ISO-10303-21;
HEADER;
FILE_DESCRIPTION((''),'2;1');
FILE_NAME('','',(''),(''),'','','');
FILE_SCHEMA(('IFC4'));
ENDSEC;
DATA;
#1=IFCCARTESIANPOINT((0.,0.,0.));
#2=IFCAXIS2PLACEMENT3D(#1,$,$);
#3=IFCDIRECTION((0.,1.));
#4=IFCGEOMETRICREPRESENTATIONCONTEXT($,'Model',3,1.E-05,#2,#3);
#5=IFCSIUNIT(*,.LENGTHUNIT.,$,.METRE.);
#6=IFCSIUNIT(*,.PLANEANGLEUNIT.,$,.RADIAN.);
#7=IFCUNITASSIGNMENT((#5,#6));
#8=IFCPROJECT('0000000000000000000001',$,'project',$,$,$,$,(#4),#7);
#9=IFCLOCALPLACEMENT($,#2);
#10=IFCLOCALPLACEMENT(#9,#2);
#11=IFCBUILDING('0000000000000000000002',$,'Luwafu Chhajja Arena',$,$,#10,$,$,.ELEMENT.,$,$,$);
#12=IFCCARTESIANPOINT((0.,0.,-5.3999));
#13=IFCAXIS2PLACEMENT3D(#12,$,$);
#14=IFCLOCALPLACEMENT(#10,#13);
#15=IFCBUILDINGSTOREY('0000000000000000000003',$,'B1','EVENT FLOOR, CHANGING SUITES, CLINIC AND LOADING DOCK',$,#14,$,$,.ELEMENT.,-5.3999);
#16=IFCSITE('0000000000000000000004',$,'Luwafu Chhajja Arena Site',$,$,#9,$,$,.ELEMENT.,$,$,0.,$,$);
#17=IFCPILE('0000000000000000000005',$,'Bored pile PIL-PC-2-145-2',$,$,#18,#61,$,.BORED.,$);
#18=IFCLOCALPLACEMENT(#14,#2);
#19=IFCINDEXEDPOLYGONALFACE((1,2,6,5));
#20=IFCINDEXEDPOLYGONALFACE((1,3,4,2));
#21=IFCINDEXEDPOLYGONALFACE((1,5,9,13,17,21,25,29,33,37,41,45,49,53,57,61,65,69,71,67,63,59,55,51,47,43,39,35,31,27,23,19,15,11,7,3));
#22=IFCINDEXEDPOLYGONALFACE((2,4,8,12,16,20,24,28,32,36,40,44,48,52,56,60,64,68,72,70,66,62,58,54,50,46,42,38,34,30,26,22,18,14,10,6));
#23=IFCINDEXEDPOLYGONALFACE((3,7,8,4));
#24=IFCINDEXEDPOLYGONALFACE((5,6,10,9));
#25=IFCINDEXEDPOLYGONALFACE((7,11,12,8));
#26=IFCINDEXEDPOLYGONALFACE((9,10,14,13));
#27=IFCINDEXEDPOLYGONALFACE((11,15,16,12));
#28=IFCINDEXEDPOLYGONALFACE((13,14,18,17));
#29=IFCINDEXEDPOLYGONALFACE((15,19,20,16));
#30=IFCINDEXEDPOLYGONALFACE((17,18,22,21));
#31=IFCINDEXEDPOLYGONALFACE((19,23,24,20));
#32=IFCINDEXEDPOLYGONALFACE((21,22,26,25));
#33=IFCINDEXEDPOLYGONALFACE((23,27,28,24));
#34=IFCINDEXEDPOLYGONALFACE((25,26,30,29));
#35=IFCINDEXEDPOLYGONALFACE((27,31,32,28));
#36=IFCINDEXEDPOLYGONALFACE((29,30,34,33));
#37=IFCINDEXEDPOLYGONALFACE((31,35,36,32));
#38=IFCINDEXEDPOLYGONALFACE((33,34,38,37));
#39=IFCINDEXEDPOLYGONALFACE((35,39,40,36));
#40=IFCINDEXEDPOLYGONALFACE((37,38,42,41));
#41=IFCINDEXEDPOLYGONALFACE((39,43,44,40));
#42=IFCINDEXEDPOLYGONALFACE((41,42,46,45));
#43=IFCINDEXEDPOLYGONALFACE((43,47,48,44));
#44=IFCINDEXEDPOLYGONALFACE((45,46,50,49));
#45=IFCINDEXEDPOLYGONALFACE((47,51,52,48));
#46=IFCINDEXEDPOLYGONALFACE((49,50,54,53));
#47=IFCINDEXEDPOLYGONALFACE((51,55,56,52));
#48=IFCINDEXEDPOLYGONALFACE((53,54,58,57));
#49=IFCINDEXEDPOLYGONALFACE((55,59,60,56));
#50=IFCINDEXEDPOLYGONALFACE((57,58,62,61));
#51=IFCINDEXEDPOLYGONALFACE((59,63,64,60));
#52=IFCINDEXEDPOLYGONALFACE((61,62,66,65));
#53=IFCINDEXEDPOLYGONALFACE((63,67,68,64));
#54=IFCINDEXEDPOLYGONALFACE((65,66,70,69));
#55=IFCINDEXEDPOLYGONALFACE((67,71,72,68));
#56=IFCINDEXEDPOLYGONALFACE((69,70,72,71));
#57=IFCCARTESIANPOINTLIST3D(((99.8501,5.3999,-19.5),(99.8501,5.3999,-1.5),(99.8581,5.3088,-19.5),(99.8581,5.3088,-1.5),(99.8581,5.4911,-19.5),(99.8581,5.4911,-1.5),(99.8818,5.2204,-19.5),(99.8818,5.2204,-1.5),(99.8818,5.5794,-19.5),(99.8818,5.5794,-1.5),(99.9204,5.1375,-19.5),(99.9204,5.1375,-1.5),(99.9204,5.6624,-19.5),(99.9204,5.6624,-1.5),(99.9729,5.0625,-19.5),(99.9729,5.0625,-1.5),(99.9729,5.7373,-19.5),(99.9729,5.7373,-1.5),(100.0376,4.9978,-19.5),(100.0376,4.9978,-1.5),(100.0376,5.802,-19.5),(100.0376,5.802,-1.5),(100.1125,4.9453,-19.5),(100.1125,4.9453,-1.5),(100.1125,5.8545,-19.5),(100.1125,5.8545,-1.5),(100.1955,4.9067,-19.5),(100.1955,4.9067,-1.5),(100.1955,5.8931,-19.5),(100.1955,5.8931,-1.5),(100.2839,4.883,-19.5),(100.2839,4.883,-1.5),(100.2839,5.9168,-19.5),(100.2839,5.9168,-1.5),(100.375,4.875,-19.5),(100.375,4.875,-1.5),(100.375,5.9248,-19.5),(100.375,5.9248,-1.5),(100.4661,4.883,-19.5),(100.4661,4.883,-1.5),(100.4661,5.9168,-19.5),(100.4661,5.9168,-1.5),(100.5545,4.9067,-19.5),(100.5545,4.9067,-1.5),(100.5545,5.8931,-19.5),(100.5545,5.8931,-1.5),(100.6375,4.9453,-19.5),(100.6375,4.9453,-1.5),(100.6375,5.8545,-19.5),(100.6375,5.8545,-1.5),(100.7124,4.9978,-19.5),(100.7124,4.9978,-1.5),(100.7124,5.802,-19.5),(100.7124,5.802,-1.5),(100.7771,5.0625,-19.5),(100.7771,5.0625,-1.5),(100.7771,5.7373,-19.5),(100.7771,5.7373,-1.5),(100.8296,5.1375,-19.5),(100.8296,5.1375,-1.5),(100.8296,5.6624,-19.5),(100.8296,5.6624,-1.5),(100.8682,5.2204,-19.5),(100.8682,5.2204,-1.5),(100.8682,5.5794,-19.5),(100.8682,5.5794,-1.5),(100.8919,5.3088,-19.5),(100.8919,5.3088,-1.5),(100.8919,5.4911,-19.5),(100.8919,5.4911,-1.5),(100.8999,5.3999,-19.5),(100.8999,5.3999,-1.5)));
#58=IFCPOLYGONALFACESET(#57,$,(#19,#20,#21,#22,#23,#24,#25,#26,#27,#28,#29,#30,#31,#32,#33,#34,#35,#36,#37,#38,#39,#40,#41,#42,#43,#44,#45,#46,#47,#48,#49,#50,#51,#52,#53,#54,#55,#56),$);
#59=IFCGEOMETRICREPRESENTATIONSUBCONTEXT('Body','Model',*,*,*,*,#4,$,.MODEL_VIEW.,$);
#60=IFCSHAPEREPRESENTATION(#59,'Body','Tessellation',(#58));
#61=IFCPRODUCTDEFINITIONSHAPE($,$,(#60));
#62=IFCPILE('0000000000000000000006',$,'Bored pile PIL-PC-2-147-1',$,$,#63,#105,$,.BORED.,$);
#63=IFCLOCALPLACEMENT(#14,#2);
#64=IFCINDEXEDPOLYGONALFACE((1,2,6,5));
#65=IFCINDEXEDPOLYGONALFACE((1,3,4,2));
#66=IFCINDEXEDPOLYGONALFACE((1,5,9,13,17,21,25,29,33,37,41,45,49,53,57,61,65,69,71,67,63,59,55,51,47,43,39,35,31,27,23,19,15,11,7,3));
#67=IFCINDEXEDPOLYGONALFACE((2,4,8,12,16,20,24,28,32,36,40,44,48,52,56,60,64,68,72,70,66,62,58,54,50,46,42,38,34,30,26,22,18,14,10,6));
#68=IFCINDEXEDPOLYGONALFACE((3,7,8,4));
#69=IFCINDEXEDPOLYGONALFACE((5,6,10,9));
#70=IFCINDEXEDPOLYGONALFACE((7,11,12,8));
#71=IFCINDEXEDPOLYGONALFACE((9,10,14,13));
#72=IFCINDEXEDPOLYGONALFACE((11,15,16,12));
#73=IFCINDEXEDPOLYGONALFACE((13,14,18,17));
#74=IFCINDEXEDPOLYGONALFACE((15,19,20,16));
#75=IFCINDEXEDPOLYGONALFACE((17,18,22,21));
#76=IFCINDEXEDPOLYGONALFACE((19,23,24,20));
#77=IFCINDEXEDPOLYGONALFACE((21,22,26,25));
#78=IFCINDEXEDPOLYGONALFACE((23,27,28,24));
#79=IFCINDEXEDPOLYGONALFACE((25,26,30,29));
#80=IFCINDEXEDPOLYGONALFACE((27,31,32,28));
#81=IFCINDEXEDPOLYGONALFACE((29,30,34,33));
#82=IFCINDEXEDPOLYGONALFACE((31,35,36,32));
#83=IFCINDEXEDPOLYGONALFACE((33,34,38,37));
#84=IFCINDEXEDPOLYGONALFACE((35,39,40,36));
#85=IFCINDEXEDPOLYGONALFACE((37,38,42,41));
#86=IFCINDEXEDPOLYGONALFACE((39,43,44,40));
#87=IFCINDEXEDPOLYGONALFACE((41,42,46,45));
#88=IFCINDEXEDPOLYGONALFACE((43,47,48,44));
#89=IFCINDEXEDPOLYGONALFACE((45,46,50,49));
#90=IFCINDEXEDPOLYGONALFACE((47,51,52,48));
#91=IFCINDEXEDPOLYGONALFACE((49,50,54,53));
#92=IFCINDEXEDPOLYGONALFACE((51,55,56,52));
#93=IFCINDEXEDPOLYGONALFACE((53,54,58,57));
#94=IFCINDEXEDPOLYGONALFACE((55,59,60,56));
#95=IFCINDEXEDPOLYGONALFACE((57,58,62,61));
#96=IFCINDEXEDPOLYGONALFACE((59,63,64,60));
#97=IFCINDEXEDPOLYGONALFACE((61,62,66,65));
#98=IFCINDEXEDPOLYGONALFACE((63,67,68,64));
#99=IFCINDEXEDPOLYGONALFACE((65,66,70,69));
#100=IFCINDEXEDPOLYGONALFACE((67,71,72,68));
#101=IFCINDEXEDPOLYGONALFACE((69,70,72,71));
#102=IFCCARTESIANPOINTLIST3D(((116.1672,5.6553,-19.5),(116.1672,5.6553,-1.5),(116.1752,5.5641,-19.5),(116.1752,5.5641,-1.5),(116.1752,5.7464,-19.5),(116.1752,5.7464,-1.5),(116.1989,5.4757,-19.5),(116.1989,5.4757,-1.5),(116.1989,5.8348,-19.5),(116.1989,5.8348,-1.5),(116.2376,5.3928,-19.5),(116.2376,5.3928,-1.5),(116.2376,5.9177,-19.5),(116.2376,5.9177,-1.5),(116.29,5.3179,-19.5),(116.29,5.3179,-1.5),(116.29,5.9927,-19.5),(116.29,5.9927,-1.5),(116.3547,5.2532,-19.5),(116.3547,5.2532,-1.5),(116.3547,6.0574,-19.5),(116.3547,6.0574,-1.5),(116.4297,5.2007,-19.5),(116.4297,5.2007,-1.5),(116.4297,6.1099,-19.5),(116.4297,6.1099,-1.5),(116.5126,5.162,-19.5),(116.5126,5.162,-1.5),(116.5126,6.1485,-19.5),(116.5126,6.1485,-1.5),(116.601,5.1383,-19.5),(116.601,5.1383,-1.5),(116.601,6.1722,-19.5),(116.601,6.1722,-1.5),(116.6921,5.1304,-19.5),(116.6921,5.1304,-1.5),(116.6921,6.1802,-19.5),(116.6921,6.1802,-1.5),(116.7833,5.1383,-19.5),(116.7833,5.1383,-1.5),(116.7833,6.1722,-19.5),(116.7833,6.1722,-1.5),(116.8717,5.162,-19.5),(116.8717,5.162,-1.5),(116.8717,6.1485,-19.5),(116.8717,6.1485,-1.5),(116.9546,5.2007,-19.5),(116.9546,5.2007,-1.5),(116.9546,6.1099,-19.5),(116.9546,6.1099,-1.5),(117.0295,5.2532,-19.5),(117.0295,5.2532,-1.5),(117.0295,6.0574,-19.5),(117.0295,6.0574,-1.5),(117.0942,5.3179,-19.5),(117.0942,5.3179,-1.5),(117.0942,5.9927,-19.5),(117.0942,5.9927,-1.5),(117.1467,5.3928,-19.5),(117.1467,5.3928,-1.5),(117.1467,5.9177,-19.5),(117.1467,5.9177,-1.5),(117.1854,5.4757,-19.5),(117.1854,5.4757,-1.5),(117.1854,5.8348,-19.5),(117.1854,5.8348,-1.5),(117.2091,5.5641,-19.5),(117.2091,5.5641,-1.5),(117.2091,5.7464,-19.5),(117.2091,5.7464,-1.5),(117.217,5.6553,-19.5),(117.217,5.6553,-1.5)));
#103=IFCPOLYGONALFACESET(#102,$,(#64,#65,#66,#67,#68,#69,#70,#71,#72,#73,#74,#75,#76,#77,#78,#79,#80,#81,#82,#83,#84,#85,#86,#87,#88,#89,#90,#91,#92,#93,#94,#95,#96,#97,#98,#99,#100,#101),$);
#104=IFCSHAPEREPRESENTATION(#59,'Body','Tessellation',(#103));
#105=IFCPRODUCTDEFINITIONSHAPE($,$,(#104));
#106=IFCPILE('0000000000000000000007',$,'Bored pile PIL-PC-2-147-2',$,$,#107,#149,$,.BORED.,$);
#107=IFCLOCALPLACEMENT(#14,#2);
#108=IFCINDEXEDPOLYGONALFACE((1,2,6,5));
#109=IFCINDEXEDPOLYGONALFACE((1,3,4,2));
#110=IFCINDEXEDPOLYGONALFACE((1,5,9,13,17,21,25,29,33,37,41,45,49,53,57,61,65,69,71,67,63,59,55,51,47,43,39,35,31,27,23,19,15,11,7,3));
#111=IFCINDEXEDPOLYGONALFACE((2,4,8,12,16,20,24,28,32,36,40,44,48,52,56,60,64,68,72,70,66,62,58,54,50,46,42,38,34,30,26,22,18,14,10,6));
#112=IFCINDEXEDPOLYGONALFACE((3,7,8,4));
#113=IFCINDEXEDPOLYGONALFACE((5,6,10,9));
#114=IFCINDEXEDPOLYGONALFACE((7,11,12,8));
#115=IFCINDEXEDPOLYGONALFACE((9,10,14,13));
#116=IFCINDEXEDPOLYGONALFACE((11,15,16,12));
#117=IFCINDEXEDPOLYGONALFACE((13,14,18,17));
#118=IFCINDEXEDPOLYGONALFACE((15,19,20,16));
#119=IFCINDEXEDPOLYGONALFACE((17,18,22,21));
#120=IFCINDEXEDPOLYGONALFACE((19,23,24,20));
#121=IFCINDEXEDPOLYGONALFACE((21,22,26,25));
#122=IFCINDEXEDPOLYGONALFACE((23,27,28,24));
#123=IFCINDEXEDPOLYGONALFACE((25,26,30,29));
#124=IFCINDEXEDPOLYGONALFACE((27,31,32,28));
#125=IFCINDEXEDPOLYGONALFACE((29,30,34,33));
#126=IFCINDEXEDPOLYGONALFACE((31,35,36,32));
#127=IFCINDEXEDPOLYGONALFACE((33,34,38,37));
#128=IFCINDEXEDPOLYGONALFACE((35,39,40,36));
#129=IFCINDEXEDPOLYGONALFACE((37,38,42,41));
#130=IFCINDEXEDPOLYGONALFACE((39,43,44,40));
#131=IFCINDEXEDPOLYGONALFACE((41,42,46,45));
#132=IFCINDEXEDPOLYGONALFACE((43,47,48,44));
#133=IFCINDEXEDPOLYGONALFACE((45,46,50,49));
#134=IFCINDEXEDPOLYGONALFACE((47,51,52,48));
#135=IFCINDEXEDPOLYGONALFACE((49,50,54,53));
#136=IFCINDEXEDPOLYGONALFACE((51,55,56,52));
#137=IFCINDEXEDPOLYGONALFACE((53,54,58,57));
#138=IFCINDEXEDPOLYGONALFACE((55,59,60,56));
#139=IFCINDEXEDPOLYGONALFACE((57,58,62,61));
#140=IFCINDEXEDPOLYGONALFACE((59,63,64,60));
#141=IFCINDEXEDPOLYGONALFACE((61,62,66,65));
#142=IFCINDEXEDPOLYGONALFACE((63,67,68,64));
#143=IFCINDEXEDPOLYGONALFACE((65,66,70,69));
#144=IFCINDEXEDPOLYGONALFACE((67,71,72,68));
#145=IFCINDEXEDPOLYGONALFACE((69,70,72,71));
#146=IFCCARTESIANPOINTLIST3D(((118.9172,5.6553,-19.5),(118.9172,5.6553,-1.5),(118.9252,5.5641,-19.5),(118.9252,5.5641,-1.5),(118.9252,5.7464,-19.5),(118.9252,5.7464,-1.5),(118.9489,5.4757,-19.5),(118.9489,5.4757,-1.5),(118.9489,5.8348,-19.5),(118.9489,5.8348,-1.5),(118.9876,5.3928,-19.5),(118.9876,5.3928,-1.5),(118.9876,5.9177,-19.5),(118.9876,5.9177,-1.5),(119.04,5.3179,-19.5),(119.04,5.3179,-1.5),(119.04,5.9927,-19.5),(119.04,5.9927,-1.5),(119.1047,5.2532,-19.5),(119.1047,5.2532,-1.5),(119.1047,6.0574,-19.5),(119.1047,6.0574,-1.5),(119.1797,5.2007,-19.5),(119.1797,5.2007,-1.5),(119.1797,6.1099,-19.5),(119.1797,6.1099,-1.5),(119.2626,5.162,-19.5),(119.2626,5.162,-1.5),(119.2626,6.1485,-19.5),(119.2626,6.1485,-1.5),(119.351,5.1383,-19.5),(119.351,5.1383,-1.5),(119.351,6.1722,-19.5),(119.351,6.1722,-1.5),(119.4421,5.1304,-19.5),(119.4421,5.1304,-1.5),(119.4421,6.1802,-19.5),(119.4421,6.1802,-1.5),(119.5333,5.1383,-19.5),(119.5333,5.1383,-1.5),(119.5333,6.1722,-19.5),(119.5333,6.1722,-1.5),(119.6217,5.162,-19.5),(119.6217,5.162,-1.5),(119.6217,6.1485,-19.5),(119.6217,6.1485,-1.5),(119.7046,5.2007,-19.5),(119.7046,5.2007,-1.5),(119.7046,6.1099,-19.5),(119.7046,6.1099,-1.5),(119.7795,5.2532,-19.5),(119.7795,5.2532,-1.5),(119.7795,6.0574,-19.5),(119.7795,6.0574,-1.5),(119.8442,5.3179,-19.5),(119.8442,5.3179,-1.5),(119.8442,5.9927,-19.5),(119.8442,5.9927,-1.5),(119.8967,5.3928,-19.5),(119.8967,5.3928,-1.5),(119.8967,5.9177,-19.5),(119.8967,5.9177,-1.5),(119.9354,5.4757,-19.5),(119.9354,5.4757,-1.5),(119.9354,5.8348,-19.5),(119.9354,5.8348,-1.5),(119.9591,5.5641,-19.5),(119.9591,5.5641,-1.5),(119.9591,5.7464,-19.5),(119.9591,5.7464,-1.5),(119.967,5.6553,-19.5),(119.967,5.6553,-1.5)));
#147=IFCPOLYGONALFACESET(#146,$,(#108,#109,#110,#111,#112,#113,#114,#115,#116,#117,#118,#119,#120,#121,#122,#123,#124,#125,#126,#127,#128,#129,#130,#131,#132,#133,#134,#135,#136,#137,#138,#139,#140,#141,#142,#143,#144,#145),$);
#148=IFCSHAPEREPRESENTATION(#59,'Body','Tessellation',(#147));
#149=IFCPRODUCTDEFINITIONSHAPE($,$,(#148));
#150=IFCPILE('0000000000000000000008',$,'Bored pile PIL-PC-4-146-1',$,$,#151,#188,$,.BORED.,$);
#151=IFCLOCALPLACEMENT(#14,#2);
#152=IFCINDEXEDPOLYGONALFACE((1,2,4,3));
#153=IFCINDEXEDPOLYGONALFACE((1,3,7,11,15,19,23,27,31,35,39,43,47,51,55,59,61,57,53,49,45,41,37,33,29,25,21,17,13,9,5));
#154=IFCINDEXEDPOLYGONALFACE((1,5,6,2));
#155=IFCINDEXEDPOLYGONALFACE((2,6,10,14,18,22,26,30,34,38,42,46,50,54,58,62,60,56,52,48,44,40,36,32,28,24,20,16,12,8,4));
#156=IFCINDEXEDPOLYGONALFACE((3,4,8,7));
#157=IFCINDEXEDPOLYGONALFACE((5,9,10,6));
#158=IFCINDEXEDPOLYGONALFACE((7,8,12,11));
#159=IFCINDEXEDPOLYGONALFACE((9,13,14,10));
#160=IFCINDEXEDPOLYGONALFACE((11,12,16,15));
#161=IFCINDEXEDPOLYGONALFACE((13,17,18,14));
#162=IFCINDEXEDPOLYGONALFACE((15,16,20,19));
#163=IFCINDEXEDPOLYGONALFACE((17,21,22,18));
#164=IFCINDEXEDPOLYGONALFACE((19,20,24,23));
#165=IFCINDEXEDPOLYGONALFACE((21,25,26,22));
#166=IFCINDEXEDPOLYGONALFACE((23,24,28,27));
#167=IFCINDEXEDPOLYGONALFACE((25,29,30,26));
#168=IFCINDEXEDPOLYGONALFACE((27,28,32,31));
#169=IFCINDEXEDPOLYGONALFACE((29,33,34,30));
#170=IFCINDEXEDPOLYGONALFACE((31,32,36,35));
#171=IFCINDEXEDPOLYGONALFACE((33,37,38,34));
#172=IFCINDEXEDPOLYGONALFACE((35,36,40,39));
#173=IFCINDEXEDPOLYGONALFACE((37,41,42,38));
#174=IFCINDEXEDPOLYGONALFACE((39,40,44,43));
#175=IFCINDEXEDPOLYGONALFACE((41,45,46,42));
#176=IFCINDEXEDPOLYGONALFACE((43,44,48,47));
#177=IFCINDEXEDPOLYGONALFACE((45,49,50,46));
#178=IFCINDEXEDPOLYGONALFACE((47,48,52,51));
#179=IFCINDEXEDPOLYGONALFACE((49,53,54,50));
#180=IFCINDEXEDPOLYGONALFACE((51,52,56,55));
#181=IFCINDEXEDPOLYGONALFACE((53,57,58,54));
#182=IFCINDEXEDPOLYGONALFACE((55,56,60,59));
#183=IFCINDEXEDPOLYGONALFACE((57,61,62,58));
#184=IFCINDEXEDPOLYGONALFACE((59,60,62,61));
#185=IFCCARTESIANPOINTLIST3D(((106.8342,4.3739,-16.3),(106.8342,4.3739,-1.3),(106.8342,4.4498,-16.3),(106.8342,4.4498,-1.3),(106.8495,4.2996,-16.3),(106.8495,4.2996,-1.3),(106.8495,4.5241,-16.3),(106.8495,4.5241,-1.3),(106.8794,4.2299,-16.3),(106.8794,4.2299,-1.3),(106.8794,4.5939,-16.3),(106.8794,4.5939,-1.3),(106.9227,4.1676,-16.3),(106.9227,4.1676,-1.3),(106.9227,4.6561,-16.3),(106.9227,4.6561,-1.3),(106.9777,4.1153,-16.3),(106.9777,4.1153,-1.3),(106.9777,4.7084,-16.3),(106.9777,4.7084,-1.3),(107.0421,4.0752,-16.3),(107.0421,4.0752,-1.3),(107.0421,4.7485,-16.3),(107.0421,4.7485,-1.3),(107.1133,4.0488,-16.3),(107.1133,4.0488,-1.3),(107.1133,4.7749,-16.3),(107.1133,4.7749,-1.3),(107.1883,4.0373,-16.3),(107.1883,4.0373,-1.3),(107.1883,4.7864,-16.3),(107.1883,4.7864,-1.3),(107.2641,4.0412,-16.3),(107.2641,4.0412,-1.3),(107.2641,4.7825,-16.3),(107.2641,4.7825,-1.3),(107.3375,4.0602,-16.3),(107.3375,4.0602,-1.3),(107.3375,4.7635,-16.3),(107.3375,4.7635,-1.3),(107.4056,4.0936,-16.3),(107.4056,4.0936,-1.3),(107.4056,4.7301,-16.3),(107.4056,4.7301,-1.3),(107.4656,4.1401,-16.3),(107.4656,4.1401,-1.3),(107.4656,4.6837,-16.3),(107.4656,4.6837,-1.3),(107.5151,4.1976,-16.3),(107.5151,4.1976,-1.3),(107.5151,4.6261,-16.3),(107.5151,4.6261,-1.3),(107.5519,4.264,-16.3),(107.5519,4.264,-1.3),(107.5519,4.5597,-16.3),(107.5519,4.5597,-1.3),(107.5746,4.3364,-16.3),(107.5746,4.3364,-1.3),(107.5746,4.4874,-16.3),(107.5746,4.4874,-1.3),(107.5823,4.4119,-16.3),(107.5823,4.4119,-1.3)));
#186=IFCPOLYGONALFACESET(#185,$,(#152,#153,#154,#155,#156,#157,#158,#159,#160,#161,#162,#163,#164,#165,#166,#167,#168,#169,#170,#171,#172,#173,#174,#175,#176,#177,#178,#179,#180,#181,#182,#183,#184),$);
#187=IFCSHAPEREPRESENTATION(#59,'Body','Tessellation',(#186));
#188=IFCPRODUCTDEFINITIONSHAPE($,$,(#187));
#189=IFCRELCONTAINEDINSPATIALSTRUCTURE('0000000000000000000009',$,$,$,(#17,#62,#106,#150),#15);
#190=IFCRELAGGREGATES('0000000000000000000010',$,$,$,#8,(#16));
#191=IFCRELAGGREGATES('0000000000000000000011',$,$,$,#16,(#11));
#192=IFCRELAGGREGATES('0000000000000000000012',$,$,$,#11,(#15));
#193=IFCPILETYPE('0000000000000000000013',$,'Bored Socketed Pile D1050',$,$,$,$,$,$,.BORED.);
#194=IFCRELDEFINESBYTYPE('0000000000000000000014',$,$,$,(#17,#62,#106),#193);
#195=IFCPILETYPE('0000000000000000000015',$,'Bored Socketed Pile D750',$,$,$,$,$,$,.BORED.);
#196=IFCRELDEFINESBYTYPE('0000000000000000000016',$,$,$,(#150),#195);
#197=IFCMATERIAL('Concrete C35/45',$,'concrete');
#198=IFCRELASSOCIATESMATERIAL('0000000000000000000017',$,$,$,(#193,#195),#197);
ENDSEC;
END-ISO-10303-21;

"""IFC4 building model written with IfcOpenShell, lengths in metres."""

from ifc_helpers import new_model, si_unit, direction, frame, origin, origin_2d, place, context, subcontext, project, spatial, circle, extrude, material, material_profile, profile_set, type_object, element, save


model = new_model("IFC4")

# Units and contexts
model_context = context("Model", 3, precision=1e-05, world=origin(), true_north=direction((0.0, 1.0)))
body_context = subcontext(model_context, "Body", "Model", "MODEL_VIEW")
ifc_project = project(units=[si_unit("LENGTHUNIT", "METRE"), si_unit("PLANEANGLEUNIT", "RADIAN")], contexts=[model_context])

# Site, building, storey
site_placement = place(None, origin())
site = spatial("IfcSite", under=ifc_project, at=site_placement, Name="Luwafu Chhajja Arena Site", CompositionType="ELEMENT", RefElevation=0.0)
building_placement = place(site_placement, origin())
building = spatial("IfcBuilding", under=site, at=building_placement, Name="Luwafu Chhajja Arena", CompositionType="ELEMENT")
storey_placement = place(building_placement, frame((0.0, 0.0, -5.3999)))
storey = spatial("IfcBuildingStorey", under=building, at=storey_placement, Name="B1", Description="EVENT FLOOR, CHANGING SUITES, CLINIC AND LOADING DOCK", CompositionType="ELEMENT", Elevation=-5.3999)

# Piles
ifc_material_1 = material(Name="Concrete C35/45", Category="concrete")
ifc_material_profile_1 = material_profile(ifc_material_1, circle(Radius=0.5249, at=origin_2d()), Name="PILE D1050")
ifc_profile_set_1 = profile_set([ifc_material_profile_1], Name="Concrete C35/45")
pile_type_1 = type_object("IfcPileType", Name="Bored Socketed Pile D1050", PredefinedType="BORED", material=ifc_profile_set_1)
for number, where, z_axis, x_axis, name in (
    (1, (100.375, 5.3999, -1.5), (0.0, 0.0, -1.0), (1.0, 0.0, 0.0), "Bored pile PIL-PC-2-145-2"),
    (2, (116.6921, 5.6553, -1.5), (0.0, 0.0, -1.0), (1.0, 0.0, 0.0), "Bored pile PIL-PC-2-147-1"),
    (3, (119.4421, 5.6553, -1.5), (0.0, 0.0, -1.0), (1.0, 0.0, 0.0), "Bored pile PIL-PC-2-147-2"),
):
    element("IfcPile", number, at=place(storey_placement, frame(where, z_axis=z_axis, x_axis=x_axis)), inside=storey, type_object=pile_type_1, Name=name, PredefinedType="BORED", context=body_context, shape_type="SweptSolid", body=[
        extrude(circle(Radius=0.5249, at=origin_2d()), origin(), (0.0, 0.0, 1.0), 18.0),
    ])
ifc_material_profile_2 = material_profile(ifc_material_1, circle(Radius=0.375, at=origin_2d()), Name="PILE D750")
ifc_profile_set_2 = profile_set([ifc_material_profile_2], Name="Concrete C35/45")
pile_type_2 = type_object("IfcPileType", Name="Bored Socketed Pile D750", PredefinedType="BORED", material=ifc_profile_set_2)
for number, where, z_axis, x_axis, name in (
    (4, (107.2073, 4.4119, -1.3), (0.0, 0.0, -1.0), (1.0, 0.0, 0.0), "Bored pile PIL-PC-4-146-1"),
):
    element("IfcPile", number, at=place(storey_placement, frame(where, z_axis=z_axis, x_axis=x_axis)), inside=storey, type_object=pile_type_2, Name=name, PredefinedType="BORED", context=body_context, shape_type="SweptSolid", body=[
        extrude(circle(Radius=0.375, at=origin_2d()), origin(), (0.0, 0.0, 1.0), 15.0),
    ])

save(model, "model.ifc")
